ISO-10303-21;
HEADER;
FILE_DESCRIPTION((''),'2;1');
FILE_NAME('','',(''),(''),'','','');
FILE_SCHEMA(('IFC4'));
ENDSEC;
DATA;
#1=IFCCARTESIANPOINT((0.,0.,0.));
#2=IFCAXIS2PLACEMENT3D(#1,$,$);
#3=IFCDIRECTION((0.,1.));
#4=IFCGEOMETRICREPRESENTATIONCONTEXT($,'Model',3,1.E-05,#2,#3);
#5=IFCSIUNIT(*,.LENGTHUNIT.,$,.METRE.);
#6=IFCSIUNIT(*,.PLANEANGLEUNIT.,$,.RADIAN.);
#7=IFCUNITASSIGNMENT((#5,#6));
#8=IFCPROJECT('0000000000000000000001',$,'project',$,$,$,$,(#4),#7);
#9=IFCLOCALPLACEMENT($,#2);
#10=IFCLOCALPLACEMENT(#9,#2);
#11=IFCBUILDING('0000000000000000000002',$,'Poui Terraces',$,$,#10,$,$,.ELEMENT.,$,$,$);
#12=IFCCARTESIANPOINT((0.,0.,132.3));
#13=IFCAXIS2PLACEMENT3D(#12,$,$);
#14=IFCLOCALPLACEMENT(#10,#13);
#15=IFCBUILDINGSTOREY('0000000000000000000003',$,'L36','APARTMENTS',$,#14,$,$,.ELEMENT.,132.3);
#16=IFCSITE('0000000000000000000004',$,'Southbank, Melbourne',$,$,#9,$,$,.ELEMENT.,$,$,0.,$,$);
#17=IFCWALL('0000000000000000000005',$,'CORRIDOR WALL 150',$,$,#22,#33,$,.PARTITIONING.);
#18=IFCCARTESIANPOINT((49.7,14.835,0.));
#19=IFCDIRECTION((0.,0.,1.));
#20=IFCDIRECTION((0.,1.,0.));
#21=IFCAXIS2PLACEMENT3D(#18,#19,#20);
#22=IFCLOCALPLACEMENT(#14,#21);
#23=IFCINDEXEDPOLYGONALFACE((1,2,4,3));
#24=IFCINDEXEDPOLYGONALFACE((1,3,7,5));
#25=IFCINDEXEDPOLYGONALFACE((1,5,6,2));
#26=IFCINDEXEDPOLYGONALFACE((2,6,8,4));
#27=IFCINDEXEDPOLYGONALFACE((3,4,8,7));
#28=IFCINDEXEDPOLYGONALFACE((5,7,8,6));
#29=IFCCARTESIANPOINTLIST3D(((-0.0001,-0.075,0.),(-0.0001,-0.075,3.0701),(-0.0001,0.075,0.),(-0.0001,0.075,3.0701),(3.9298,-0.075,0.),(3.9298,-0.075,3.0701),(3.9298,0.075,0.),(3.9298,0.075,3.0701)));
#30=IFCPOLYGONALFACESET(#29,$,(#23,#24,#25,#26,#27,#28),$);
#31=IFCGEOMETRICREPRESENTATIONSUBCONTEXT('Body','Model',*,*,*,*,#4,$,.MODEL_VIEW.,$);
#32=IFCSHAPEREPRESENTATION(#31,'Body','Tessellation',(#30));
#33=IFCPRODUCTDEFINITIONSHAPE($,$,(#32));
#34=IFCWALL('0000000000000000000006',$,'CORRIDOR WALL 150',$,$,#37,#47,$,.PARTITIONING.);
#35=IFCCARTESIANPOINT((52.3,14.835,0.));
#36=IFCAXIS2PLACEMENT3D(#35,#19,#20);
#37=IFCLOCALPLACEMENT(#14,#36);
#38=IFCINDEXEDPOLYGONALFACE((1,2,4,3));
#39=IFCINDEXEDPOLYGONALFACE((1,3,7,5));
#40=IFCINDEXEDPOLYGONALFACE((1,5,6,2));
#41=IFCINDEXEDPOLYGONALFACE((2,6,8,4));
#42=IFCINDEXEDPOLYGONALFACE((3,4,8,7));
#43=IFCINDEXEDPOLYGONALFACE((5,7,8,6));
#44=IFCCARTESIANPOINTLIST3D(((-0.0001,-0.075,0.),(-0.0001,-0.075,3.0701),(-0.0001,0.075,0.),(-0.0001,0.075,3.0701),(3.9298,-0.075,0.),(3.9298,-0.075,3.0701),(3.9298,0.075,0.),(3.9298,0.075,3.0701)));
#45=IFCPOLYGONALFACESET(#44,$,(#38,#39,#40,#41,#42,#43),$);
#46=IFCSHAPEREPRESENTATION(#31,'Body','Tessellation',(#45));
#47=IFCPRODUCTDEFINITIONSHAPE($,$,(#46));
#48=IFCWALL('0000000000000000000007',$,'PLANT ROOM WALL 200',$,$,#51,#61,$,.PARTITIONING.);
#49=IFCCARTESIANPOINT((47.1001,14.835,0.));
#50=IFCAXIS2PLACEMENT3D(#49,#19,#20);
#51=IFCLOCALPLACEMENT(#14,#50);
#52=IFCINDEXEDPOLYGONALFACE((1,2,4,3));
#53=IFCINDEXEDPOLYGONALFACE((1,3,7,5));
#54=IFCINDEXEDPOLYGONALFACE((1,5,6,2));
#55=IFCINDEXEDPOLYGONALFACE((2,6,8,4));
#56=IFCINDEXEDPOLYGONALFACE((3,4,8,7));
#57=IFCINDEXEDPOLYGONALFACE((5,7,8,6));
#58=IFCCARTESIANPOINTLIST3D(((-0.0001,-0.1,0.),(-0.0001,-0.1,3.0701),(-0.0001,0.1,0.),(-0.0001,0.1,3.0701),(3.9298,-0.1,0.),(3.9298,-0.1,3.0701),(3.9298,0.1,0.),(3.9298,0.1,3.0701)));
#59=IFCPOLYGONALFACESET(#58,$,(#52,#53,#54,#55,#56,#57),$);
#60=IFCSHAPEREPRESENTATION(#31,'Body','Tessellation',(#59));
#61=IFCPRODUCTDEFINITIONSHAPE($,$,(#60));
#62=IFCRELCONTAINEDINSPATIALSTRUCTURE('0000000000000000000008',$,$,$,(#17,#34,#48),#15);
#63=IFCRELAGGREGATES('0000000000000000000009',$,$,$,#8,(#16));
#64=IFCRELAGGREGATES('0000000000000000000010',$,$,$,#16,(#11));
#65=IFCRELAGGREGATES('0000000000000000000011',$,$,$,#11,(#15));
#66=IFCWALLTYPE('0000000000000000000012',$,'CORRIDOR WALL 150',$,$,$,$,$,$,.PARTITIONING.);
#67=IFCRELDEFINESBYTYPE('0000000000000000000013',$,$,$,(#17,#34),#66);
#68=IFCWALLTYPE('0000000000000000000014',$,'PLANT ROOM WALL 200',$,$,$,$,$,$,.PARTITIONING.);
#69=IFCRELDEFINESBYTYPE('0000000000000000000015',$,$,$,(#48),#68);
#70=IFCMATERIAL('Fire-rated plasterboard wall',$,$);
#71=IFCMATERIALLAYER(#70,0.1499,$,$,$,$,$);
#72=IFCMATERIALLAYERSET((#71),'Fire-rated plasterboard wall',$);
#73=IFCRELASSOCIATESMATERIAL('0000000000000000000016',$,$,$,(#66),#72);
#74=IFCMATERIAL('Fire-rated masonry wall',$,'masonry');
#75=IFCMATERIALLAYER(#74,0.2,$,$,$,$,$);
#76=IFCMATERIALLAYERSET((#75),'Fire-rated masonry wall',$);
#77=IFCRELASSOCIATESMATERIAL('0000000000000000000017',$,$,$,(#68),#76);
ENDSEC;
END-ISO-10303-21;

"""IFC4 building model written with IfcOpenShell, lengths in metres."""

from ifc_helpers import new_model, si_unit, direction, frame, frame_2d, origin, place, context, subcontext, project, spatial, rectangle, extrude, material, layer, layer_set, type_object, element, save


model = new_model("IFC4")

# Units and contexts
model_context = context("Model", 3, precision=1e-05, world=origin(), true_north=direction((0.0, 1.0)))
body_context = subcontext(model_context, "Body", "Model", "MODEL_VIEW")
ifc_project = project(units=[si_unit("LENGTHUNIT", "METRE"), si_unit("PLANEANGLEUNIT", "RADIAN")], contexts=[model_context])

# Site, building, storey
site_placement = place(None, origin())
site = spatial("IfcSite", under=ifc_project, at=site_placement, Name="Southbank, Melbourne", CompositionType="ELEMENT", RefElevation=0.0)
building_placement = place(site_placement, origin())
building = spatial("IfcBuilding", under=site, at=building_placement, Name="Poui Terraces", CompositionType="ELEMENT")
storey_placement = place(building_placement, frame((0.0, 0.0, 132.3)))
storey = spatial("IfcBuildingStorey", under=building, at=storey_placement, Name="L36", Description="APARTMENTS", CompositionType="ELEMENT", Elevation=132.3)

# Walls
ifc_material_1 = material(Name="Fire-rated plasterboard wall")
ifc_layer_1 = layer(ifc_material_1, 0.1499)
ifc_layer_set_1 = layer_set([ifc_layer_1], Name="Fire-rated plasterboard wall")
wall_type_1 = type_object("IfcWallType", Name="CORRIDOR WALL 150", PredefinedType="PARTITIONING", material=ifc_layer_set_1)
for number, where, z_axis, x_axis, name in (
    (1, (49.7, 14.835, 0.0), (0.0, 0.0, 1.0), (0.0, 1.0, 0.0), "CORRIDOR WALL 150"),
    (2, (52.3, 14.835, 0.0), (0.0, 0.0, 1.0), (0.0, 1.0, 0.0), "CORRIDOR WALL 150"),
):
    element("IfcWall", number, at=place(storey_placement, frame(where, z_axis=z_axis, x_axis=x_axis)), inside=storey, type_object=wall_type_1, Name=name, PredefinedType="PARTITIONING", context=body_context, shape_type="SweptSolid", body=[
        extrude(rectangle(XDim=3.9299, YDim=0.1499, at=frame_2d((1.9648, 0.0))), origin(), (0.0, 0.0, 1.0), 3.0701),
    ])

# Wall
ifc_material_2 = material(Name="Fire-rated masonry wall", Category="masonry")
ifc_layer_2 = layer(ifc_material_2, 0.2)
ifc_layer_set_2 = layer_set([ifc_layer_2], Name="Fire-rated masonry wall")
wall_type_2 = type_object("IfcWallType", Name="PLANT ROOM WALL 200", PredefinedType="PARTITIONING", material=ifc_layer_set_2)
wall_1_placement = place(storey_placement, frame((47.1001, 14.835, 0.0), z_axis=(0.0, 0.0, 1.0), x_axis=(0.0, 1.0, 0.0)))
element("IfcWall", 3, at=wall_1_placement, inside=storey, type_object=wall_type_2, Name="PLANT ROOM WALL 200", PredefinedType="PARTITIONING", context=body_context, shape_type="SweptSolid", body=[
    extrude(rectangle(XDim=3.9299, YDim=0.2, at=frame_2d((1.9648, 0.0))), origin(), (0.0, 0.0, 1.0), 3.0701),
])

save(model, "model.ifc")
